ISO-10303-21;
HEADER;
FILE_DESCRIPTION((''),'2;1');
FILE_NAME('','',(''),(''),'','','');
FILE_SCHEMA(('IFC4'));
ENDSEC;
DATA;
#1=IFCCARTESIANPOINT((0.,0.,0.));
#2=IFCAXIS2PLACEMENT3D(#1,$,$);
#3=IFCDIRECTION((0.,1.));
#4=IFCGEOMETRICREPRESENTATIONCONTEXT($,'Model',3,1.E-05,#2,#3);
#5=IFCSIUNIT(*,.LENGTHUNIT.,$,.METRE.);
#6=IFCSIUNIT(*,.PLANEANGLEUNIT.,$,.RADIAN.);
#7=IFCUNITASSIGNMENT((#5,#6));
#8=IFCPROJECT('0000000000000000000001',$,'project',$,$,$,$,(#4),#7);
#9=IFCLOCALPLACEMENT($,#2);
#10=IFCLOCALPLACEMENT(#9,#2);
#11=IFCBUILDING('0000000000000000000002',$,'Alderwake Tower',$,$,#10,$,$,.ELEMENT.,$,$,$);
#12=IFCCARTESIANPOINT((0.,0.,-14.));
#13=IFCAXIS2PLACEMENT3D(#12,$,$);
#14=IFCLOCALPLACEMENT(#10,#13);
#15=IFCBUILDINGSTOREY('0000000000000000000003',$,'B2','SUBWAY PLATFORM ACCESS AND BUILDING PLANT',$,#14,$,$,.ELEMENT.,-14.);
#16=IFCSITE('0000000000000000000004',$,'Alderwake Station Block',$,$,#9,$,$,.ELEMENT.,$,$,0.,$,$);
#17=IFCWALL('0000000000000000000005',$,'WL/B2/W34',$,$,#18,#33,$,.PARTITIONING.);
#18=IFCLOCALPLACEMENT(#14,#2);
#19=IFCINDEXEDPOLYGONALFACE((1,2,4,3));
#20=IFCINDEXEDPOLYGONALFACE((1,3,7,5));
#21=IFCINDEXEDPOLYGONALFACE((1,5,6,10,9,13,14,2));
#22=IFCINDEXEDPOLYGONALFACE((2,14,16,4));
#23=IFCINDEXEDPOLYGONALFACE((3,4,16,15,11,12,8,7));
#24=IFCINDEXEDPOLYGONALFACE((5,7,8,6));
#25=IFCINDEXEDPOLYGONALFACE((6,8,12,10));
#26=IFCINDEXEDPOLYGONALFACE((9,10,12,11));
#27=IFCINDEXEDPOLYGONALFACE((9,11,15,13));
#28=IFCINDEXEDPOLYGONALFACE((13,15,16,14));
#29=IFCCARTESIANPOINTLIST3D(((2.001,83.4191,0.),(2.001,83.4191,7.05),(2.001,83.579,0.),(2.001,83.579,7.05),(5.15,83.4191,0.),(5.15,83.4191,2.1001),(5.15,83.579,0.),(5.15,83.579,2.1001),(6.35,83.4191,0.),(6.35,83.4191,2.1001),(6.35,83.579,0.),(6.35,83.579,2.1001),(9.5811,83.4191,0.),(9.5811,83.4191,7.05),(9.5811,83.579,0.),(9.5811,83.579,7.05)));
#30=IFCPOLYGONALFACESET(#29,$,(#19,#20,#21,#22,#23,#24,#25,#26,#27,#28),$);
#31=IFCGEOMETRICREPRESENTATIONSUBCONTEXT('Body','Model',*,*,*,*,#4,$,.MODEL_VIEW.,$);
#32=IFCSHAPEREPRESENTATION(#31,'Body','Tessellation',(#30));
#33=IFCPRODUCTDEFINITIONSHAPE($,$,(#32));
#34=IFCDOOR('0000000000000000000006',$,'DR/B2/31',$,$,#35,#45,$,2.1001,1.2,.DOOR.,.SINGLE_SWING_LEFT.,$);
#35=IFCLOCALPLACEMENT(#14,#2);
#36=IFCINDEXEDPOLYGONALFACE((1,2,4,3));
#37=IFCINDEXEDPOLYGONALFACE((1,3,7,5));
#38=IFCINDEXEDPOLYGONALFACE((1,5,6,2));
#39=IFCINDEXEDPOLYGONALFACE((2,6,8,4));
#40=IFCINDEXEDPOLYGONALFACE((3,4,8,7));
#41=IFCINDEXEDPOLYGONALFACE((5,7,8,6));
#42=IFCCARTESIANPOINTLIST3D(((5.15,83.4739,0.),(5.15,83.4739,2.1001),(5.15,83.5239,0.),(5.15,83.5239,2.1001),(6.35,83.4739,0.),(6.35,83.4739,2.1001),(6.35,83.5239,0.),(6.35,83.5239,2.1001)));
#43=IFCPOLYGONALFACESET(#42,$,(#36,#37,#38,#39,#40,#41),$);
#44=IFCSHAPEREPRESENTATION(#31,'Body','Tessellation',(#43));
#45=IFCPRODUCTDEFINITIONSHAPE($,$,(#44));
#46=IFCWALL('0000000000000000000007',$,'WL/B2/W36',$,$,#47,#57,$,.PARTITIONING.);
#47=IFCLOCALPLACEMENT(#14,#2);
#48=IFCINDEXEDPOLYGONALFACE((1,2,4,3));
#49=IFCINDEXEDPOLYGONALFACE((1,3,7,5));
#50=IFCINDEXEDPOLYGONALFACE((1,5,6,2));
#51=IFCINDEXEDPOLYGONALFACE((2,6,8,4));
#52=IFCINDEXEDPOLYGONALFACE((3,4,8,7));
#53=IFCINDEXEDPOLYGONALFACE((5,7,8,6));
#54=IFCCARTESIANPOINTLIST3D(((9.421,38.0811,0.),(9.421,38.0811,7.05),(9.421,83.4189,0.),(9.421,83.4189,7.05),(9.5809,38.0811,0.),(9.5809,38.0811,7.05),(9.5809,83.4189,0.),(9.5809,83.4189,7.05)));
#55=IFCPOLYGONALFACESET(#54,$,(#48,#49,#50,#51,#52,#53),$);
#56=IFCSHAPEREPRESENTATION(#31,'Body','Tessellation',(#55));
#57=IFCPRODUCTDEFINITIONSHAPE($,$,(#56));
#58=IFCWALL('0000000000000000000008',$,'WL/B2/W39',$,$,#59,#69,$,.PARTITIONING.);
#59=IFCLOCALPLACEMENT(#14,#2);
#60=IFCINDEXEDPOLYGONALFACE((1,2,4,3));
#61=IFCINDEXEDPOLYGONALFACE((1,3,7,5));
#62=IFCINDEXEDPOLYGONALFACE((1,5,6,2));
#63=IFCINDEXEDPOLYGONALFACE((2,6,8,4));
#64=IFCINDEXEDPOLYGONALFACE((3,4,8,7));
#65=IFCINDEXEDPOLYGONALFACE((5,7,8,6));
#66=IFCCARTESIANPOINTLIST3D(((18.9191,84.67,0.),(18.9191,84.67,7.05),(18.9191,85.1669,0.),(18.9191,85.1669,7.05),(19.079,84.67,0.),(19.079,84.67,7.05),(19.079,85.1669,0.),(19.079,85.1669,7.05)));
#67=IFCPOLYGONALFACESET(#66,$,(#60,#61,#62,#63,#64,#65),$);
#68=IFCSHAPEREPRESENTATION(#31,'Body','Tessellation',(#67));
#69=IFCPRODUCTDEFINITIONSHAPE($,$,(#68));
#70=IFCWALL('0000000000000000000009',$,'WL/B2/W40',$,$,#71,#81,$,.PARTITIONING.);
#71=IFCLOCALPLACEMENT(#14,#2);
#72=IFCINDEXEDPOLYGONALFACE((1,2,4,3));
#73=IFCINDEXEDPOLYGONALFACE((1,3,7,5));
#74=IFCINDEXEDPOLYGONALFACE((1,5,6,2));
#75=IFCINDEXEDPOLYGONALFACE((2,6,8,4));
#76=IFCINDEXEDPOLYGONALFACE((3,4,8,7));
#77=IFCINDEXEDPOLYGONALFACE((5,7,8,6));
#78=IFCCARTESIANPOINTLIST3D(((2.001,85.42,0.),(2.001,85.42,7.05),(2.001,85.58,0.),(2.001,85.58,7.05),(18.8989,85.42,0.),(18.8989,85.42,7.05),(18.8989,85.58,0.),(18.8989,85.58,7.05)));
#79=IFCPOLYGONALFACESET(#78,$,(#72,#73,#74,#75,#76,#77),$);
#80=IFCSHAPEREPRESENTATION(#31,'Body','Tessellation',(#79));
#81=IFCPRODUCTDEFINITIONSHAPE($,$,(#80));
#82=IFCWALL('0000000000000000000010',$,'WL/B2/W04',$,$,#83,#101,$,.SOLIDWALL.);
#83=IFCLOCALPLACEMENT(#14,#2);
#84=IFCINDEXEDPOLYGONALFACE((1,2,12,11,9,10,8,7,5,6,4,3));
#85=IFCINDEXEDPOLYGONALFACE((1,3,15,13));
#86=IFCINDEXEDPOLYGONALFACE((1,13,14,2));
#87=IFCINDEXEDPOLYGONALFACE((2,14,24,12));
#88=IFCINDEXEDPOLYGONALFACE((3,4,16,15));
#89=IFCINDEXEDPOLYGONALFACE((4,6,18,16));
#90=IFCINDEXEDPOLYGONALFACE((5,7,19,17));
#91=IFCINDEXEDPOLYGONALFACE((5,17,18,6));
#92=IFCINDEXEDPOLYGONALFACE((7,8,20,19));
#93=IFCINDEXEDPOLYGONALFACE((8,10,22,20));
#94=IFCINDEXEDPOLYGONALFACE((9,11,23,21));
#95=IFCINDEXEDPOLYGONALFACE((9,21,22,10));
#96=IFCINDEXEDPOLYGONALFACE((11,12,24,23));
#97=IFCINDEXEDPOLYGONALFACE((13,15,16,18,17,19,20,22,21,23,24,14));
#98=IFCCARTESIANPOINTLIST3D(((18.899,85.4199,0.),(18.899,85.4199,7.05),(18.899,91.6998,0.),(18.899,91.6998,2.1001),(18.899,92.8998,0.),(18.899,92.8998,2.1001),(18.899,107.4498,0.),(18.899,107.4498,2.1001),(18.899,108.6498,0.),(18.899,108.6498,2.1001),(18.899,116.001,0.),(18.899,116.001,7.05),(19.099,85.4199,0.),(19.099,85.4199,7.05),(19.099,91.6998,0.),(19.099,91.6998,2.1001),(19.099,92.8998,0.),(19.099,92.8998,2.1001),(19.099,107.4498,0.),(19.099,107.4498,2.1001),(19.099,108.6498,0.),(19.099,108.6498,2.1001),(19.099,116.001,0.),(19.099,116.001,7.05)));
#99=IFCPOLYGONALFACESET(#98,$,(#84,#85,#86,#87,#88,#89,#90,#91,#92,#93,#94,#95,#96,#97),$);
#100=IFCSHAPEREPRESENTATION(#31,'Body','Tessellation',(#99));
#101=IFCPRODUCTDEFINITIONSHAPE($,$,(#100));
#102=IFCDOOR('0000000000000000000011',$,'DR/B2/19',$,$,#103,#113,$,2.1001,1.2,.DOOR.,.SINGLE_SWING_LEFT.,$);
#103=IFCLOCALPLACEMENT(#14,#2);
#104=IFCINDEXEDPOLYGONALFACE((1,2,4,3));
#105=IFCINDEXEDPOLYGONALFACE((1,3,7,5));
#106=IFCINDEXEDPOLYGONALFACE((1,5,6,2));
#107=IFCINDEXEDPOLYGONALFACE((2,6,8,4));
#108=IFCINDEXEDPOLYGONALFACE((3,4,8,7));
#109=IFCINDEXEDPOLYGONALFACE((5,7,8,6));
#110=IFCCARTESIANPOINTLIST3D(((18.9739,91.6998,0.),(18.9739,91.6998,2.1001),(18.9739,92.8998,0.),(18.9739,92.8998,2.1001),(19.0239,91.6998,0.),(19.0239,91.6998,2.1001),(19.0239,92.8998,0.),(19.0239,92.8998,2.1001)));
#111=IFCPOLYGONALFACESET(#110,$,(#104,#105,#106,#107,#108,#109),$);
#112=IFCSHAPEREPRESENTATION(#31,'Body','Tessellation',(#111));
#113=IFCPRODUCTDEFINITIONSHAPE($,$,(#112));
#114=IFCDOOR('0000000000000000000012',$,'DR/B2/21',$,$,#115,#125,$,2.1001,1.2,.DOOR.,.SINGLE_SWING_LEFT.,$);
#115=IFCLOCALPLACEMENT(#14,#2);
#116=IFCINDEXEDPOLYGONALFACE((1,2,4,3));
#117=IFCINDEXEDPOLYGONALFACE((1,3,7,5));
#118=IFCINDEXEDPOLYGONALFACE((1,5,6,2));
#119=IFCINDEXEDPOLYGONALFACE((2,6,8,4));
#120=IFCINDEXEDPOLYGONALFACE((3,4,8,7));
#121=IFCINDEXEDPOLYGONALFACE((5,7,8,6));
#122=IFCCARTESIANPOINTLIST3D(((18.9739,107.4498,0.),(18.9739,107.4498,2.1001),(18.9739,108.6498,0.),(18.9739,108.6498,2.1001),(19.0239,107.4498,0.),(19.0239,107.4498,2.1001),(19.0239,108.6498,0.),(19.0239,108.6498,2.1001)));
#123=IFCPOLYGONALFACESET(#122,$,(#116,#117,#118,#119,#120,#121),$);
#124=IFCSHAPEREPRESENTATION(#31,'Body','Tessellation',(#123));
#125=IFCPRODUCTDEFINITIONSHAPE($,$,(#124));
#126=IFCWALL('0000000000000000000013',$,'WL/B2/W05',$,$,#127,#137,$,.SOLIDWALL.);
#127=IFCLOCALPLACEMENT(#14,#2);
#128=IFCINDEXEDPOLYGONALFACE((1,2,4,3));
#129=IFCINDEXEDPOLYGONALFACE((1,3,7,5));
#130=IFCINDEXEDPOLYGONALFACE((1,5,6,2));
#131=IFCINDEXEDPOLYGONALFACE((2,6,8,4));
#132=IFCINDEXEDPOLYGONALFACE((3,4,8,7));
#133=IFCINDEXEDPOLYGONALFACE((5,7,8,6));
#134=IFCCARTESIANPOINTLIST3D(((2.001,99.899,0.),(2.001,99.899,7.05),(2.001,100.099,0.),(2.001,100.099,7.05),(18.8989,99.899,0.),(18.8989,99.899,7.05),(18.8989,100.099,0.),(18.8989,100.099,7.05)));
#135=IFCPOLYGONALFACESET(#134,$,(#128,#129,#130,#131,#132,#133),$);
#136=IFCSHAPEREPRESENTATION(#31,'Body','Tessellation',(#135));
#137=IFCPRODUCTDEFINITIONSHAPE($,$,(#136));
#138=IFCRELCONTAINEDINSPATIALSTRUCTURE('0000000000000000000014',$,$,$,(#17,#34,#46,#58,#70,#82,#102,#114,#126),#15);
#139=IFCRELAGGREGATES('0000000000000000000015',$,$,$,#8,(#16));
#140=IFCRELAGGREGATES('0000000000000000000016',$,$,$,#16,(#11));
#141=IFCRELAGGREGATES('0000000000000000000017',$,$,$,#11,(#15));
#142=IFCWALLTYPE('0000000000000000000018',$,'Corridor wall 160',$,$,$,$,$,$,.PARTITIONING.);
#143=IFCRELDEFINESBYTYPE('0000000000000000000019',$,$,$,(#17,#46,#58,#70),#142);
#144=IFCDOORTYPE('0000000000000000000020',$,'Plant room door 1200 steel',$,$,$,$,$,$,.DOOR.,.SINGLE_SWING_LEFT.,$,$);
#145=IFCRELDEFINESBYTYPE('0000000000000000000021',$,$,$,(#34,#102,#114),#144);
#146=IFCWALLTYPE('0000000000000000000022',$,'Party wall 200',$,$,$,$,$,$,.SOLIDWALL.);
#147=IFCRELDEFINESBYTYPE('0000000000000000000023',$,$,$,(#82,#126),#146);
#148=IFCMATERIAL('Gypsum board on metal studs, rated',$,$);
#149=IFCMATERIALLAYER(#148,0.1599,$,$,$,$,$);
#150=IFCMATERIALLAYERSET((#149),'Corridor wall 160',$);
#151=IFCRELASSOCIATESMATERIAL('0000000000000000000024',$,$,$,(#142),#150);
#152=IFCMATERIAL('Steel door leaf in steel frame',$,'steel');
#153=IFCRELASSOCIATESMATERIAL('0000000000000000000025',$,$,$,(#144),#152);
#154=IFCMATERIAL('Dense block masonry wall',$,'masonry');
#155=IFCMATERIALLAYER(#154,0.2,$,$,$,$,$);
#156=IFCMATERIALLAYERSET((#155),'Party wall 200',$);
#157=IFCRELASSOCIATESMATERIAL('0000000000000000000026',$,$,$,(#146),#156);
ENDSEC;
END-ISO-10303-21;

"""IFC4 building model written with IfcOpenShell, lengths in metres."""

from ifc_helpers import new_model, si_unit, direction, frame, frame_2d, origin, place, context, subcontext, project, spatial, rectangle, extrude, material, layer, layer_set, type_object, element, fill, save


model = new_model("IFC4")

# Units and contexts
model_context = context("Model", 3, precision=1e-05, world=origin(), true_north=direction((0.0, 1.0)))
body_context = subcontext(model_context, "Body", "Model", "MODEL_VIEW")
ifc_project = project(units=[si_unit("LENGTHUNIT", "METRE"), si_unit("PLANEANGLEUNIT", "RADIAN")], contexts=[model_context])

# Site, building, storey
site_placement = place(None, origin())
site = spatial("IfcSite", under=ifc_project, at=site_placement, Name="Alderwake Station Block", CompositionType="ELEMENT", RefElevation=0.0)
building_placement = place(site_placement, origin())
building = spatial("IfcBuilding", under=site, at=building_placement, Name="Alderwake Tower", CompositionType="ELEMENT")
storey_placement = place(building_placement, frame((0.0, 0.0, -14.0)))
storey = spatial("IfcBuildingStorey", under=building, at=storey_placement, Name="B2", Description="SUBWAY PLATFORM ACCESS AND BUILDING PLANT", CompositionType="ELEMENT", Elevation=-14.0)

# Wall, opening, door
ifc_material_1 = material(Name="Gypsum board on metal studs, rated")
ifc_layer_1 = layer(ifc_material_1, 0.1599)
ifc_layer_set_1 = layer_set([ifc_layer_1], Name="Corridor wall 160")
wall_type_1 = type_object("IfcWallType", Name="Corridor wall 160", PredefinedType="PARTITIONING", material=ifc_layer_set_1)
wall_1_placement = place(storey_placement, frame((2.001, 83.499, 0.0), z_axis=(0.0, 0.0, 1.0), x_axis=(1.0, 0.0, 0.0)))
wall_1 = element("IfcWall", 1, at=wall_1_placement, inside=storey, type_object=wall_type_1, Name="WL/B2/W34", PredefinedType="PARTITIONING", context=body_context, shape_type="SweptSolid", body=[
    extrude(rectangle(XDim=7.5801, YDim=0.1599, at=frame_2d((3.79, 0.0))), origin(), (0.0, 0.0, 1.0), 7.05),
])
opening_1_placement = place(wall_1_placement, frame((3.1489, 0.0, 0.0)))
opening_1 = element("IfcOpeningElement", 2, at=opening_1_placement, cuts=wall_1, PredefinedType="OPENING", context=body_context, shape_type="SweptSolid", body=[
    extrude(rectangle(XDim=1.2, YDim=2.1001, at=frame_2d((0.6001, 1.05))), frame((0.0, 0.0898, 0.0), z_axis=(0.0, -1.0, 0.0), x_axis=(1.0, 0.0, 0.0)), (0.0, 0.0, 1.0), 0.1799),
])
ifc_material_2 = material(Name="Steel door leaf in steel frame", Category="steel")
door_type = type_object("IfcDoorType", Name="Plant room door 1200 steel", OperationType="SINGLE_SWING_LEFT", PredefinedType="DOOR", material=ifc_material_2)
door_1_placement = place(opening_1_placement, origin())
door_1 = element("IfcDoor", 3, at=door_1_placement, inside=storey, type_object=door_type, Name="DR/B2/31", OperationType="SINGLE_SWING_LEFT", OverallHeight=2.1001, OverallWidth=1.2, PredefinedType="DOOR", context=body_context, shape_type="SweptSolid", body=[
    extrude(rectangle(XDim=1.2, YDim=2.1001, at=frame_2d((0.6001, 1.05))), frame((0.0, 0.0249, 0.0), z_axis=(0.0, -1.0, 0.0), x_axis=(1.0, 0.0, 0.0)), (0.0, 0.0, 1.0), 0.05),
])
fill(opening_1, door_1)

# Walls
wall_2_placement = place(storey_placement, frame((9.501, 83.4189, 0.0), z_axis=(0.0, 0.0, 1.0), x_axis=(0.0, -1.0, 0.0)))
element("IfcWall", 4, at=wall_2_placement, inside=storey, type_object=wall_type_1, Name="WL/B2/W36", PredefinedType="PARTITIONING", context=body_context, shape_type="SweptSolid", body=[
    extrude(rectangle(XDim=45.3379, YDim=0.1599, at=frame_2d((22.6689, 0.0))), origin(), (0.0, 0.0, 1.0), 7.05),
])
wall_3_placement = place(storey_placement, frame((18.999, 84.6699, 0.0), z_axis=(0.0, 0.0, 1.0), x_axis=(0.0, 1.0, 0.0)))
element("IfcWall", 5, at=wall_3_placement, inside=storey, type_object=wall_type_1, Name="WL/B2/W39", PredefinedType="PARTITIONING", context=body_context, shape_type="SweptSolid", body=[
    extrude(rectangle(XDim=0.4968, YDim=0.1599, at=frame_2d((0.2485, 0.0))), origin(), (0.0, 0.0, 1.0), 7.05),
])
wall_4_placement = place(storey_placement, frame((18.8989, 85.5, 0.0), z_axis=(0.0, 0.0, 1.0), x_axis=(-1.0, 0.0, 0.0)))
element("IfcWall", 6, at=wall_4_placement, inside=storey, type_object=wall_type_1, Name="WL/B2/W40", PredefinedType="PARTITIONING", context=body_context, shape_type="SweptSolid", body=[
    extrude(rectangle(XDim=16.8979, YDim=0.1599, at=frame_2d((8.449, 0.0))), origin(), (0.0, 0.0, 1.0), 7.05),
])

# Wall, openings, doors
ifc_material_3 = material(Name="Dense block masonry wall", Category="masonry")
ifc_layer_2 = layer(ifc_material_3, 0.2)
ifc_layer_set_2 = layer_set([ifc_layer_2], Name="Party wall 200")
wall_type_2 = type_object("IfcWallType", Name="Party wall 200", PredefinedType="SOLIDWALL", material=ifc_layer_set_2)
wall_5_placement = place(storey_placement, frame((18.999, 116.001, 0.0), z_axis=(0.0, 0.0, 1.0), x_axis=(0.0, -1.0, 0.0)))
wall_5 = element("IfcWall", 7, at=wall_5_placement, inside=storey, type_object=wall_type_2, Name="WL/B2/W04", PredefinedType="SOLIDWALL", context=body_context, shape_type="SweptSolid", body=[
    extrude(rectangle(XDim=30.5811, YDim=0.2, at=frame_2d((15.2905, 0.0))), origin(), (0.0, 0.0, 1.0), 7.05),
])
opening_2_placement = place(wall_5_placement, frame((23.1011, 0.0, 0.0)))
opening_2 = element("IfcOpeningElement", 8, at=opening_2_placement, cuts=wall_5, PredefinedType="OPENING", context=body_context, shape_type="SweptSolid", body=[
    extrude(rectangle(XDim=1.2, YDim=2.1001, at=frame_2d((0.6001, 1.05))), frame((0.0, 0.1099, 0.0), z_axis=(0.0, -1.0, 0.0), x_axis=(1.0, 0.0, 0.0)), (0.0, 0.0, 1.0), 0.22),
])
opening_3_placement = place(wall_5_placement, frame((7.3511, 0.0, 0.0)))
opening_3 = element("IfcOpeningElement", 9, at=opening_3_placement, cuts=wall_5, PredefinedType="OPENING", context=body_context, shape_type="SweptSolid", body=[
    extrude(rectangle(XDim=1.2, YDim=2.1001, at=frame_2d((0.6001, 1.05))), frame((0.0, 0.1099, 0.0), z_axis=(0.0, -1.0, 0.0), x_axis=(1.0, 0.0, 0.0)), (0.0, 0.0, 1.0), 0.22),
])
door_2_placement = place(opening_2_placement, origin())
door_2 = element("IfcDoor", 10, at=door_2_placement, inside=storey, type_object=door_type, Name="DR/B2/19", OperationType="SINGLE_SWING_LEFT", OverallHeight=2.1001, OverallWidth=1.2, PredefinedType="DOOR", context=body_context, shape_type="SweptSolid", body=[
    extrude(rectangle(XDim=1.2, YDim=2.1001, at=frame_2d((0.6001, 1.05))), frame((0.0, 0.0249, 0.0), z_axis=(0.0, -1.0, 0.0), x_axis=(1.0, 0.0, 0.0)), (0.0, 0.0, 1.0), 0.05),
])
fill(opening_2, door_2)
door_3_placement = place(opening_3_placement, origin())
door_3 = element("IfcDoor", 11, at=door_3_placement, inside=storey, type_object=door_type, Name="DR/B2/21", OperationType="SINGLE_SWING_LEFT", OverallHeight=2.1001, OverallWidth=1.2, PredefinedType="DOOR", context=body_context, shape_type="SweptSolid", body=[
    extrude(rectangle(XDim=1.2, YDim=2.1001, at=frame_2d((0.6001, 1.05))), frame((0.0, 0.0249, 0.0), z_axis=(0.0, -1.0, 0.0), x_axis=(1.0, 0.0, 0.0)), (0.0, 0.0, 1.0), 0.05),
])
fill(opening_3, door_3)

# Wall
wall_6_placement = place(storey_placement, frame((18.8989, 99.999, 0.0), z_axis=(0.0, 0.0, 1.0), x_axis=(-1.0, 0.0, 0.0)))
element("IfcWall", 12, at=wall_6_placement, inside=storey, type_object=wall_type_2, Name="WL/B2/W05", PredefinedType="SOLIDWALL", context=body_context, shape_type="SweptSolid", body=[
    extrude(rectangle(XDim=16.8979, YDim=0.2, at=frame_2d((8.449, 0.0))), origin(), (0.0, 0.0, 1.0), 7.05),
])

save(model, "model.ifc")
